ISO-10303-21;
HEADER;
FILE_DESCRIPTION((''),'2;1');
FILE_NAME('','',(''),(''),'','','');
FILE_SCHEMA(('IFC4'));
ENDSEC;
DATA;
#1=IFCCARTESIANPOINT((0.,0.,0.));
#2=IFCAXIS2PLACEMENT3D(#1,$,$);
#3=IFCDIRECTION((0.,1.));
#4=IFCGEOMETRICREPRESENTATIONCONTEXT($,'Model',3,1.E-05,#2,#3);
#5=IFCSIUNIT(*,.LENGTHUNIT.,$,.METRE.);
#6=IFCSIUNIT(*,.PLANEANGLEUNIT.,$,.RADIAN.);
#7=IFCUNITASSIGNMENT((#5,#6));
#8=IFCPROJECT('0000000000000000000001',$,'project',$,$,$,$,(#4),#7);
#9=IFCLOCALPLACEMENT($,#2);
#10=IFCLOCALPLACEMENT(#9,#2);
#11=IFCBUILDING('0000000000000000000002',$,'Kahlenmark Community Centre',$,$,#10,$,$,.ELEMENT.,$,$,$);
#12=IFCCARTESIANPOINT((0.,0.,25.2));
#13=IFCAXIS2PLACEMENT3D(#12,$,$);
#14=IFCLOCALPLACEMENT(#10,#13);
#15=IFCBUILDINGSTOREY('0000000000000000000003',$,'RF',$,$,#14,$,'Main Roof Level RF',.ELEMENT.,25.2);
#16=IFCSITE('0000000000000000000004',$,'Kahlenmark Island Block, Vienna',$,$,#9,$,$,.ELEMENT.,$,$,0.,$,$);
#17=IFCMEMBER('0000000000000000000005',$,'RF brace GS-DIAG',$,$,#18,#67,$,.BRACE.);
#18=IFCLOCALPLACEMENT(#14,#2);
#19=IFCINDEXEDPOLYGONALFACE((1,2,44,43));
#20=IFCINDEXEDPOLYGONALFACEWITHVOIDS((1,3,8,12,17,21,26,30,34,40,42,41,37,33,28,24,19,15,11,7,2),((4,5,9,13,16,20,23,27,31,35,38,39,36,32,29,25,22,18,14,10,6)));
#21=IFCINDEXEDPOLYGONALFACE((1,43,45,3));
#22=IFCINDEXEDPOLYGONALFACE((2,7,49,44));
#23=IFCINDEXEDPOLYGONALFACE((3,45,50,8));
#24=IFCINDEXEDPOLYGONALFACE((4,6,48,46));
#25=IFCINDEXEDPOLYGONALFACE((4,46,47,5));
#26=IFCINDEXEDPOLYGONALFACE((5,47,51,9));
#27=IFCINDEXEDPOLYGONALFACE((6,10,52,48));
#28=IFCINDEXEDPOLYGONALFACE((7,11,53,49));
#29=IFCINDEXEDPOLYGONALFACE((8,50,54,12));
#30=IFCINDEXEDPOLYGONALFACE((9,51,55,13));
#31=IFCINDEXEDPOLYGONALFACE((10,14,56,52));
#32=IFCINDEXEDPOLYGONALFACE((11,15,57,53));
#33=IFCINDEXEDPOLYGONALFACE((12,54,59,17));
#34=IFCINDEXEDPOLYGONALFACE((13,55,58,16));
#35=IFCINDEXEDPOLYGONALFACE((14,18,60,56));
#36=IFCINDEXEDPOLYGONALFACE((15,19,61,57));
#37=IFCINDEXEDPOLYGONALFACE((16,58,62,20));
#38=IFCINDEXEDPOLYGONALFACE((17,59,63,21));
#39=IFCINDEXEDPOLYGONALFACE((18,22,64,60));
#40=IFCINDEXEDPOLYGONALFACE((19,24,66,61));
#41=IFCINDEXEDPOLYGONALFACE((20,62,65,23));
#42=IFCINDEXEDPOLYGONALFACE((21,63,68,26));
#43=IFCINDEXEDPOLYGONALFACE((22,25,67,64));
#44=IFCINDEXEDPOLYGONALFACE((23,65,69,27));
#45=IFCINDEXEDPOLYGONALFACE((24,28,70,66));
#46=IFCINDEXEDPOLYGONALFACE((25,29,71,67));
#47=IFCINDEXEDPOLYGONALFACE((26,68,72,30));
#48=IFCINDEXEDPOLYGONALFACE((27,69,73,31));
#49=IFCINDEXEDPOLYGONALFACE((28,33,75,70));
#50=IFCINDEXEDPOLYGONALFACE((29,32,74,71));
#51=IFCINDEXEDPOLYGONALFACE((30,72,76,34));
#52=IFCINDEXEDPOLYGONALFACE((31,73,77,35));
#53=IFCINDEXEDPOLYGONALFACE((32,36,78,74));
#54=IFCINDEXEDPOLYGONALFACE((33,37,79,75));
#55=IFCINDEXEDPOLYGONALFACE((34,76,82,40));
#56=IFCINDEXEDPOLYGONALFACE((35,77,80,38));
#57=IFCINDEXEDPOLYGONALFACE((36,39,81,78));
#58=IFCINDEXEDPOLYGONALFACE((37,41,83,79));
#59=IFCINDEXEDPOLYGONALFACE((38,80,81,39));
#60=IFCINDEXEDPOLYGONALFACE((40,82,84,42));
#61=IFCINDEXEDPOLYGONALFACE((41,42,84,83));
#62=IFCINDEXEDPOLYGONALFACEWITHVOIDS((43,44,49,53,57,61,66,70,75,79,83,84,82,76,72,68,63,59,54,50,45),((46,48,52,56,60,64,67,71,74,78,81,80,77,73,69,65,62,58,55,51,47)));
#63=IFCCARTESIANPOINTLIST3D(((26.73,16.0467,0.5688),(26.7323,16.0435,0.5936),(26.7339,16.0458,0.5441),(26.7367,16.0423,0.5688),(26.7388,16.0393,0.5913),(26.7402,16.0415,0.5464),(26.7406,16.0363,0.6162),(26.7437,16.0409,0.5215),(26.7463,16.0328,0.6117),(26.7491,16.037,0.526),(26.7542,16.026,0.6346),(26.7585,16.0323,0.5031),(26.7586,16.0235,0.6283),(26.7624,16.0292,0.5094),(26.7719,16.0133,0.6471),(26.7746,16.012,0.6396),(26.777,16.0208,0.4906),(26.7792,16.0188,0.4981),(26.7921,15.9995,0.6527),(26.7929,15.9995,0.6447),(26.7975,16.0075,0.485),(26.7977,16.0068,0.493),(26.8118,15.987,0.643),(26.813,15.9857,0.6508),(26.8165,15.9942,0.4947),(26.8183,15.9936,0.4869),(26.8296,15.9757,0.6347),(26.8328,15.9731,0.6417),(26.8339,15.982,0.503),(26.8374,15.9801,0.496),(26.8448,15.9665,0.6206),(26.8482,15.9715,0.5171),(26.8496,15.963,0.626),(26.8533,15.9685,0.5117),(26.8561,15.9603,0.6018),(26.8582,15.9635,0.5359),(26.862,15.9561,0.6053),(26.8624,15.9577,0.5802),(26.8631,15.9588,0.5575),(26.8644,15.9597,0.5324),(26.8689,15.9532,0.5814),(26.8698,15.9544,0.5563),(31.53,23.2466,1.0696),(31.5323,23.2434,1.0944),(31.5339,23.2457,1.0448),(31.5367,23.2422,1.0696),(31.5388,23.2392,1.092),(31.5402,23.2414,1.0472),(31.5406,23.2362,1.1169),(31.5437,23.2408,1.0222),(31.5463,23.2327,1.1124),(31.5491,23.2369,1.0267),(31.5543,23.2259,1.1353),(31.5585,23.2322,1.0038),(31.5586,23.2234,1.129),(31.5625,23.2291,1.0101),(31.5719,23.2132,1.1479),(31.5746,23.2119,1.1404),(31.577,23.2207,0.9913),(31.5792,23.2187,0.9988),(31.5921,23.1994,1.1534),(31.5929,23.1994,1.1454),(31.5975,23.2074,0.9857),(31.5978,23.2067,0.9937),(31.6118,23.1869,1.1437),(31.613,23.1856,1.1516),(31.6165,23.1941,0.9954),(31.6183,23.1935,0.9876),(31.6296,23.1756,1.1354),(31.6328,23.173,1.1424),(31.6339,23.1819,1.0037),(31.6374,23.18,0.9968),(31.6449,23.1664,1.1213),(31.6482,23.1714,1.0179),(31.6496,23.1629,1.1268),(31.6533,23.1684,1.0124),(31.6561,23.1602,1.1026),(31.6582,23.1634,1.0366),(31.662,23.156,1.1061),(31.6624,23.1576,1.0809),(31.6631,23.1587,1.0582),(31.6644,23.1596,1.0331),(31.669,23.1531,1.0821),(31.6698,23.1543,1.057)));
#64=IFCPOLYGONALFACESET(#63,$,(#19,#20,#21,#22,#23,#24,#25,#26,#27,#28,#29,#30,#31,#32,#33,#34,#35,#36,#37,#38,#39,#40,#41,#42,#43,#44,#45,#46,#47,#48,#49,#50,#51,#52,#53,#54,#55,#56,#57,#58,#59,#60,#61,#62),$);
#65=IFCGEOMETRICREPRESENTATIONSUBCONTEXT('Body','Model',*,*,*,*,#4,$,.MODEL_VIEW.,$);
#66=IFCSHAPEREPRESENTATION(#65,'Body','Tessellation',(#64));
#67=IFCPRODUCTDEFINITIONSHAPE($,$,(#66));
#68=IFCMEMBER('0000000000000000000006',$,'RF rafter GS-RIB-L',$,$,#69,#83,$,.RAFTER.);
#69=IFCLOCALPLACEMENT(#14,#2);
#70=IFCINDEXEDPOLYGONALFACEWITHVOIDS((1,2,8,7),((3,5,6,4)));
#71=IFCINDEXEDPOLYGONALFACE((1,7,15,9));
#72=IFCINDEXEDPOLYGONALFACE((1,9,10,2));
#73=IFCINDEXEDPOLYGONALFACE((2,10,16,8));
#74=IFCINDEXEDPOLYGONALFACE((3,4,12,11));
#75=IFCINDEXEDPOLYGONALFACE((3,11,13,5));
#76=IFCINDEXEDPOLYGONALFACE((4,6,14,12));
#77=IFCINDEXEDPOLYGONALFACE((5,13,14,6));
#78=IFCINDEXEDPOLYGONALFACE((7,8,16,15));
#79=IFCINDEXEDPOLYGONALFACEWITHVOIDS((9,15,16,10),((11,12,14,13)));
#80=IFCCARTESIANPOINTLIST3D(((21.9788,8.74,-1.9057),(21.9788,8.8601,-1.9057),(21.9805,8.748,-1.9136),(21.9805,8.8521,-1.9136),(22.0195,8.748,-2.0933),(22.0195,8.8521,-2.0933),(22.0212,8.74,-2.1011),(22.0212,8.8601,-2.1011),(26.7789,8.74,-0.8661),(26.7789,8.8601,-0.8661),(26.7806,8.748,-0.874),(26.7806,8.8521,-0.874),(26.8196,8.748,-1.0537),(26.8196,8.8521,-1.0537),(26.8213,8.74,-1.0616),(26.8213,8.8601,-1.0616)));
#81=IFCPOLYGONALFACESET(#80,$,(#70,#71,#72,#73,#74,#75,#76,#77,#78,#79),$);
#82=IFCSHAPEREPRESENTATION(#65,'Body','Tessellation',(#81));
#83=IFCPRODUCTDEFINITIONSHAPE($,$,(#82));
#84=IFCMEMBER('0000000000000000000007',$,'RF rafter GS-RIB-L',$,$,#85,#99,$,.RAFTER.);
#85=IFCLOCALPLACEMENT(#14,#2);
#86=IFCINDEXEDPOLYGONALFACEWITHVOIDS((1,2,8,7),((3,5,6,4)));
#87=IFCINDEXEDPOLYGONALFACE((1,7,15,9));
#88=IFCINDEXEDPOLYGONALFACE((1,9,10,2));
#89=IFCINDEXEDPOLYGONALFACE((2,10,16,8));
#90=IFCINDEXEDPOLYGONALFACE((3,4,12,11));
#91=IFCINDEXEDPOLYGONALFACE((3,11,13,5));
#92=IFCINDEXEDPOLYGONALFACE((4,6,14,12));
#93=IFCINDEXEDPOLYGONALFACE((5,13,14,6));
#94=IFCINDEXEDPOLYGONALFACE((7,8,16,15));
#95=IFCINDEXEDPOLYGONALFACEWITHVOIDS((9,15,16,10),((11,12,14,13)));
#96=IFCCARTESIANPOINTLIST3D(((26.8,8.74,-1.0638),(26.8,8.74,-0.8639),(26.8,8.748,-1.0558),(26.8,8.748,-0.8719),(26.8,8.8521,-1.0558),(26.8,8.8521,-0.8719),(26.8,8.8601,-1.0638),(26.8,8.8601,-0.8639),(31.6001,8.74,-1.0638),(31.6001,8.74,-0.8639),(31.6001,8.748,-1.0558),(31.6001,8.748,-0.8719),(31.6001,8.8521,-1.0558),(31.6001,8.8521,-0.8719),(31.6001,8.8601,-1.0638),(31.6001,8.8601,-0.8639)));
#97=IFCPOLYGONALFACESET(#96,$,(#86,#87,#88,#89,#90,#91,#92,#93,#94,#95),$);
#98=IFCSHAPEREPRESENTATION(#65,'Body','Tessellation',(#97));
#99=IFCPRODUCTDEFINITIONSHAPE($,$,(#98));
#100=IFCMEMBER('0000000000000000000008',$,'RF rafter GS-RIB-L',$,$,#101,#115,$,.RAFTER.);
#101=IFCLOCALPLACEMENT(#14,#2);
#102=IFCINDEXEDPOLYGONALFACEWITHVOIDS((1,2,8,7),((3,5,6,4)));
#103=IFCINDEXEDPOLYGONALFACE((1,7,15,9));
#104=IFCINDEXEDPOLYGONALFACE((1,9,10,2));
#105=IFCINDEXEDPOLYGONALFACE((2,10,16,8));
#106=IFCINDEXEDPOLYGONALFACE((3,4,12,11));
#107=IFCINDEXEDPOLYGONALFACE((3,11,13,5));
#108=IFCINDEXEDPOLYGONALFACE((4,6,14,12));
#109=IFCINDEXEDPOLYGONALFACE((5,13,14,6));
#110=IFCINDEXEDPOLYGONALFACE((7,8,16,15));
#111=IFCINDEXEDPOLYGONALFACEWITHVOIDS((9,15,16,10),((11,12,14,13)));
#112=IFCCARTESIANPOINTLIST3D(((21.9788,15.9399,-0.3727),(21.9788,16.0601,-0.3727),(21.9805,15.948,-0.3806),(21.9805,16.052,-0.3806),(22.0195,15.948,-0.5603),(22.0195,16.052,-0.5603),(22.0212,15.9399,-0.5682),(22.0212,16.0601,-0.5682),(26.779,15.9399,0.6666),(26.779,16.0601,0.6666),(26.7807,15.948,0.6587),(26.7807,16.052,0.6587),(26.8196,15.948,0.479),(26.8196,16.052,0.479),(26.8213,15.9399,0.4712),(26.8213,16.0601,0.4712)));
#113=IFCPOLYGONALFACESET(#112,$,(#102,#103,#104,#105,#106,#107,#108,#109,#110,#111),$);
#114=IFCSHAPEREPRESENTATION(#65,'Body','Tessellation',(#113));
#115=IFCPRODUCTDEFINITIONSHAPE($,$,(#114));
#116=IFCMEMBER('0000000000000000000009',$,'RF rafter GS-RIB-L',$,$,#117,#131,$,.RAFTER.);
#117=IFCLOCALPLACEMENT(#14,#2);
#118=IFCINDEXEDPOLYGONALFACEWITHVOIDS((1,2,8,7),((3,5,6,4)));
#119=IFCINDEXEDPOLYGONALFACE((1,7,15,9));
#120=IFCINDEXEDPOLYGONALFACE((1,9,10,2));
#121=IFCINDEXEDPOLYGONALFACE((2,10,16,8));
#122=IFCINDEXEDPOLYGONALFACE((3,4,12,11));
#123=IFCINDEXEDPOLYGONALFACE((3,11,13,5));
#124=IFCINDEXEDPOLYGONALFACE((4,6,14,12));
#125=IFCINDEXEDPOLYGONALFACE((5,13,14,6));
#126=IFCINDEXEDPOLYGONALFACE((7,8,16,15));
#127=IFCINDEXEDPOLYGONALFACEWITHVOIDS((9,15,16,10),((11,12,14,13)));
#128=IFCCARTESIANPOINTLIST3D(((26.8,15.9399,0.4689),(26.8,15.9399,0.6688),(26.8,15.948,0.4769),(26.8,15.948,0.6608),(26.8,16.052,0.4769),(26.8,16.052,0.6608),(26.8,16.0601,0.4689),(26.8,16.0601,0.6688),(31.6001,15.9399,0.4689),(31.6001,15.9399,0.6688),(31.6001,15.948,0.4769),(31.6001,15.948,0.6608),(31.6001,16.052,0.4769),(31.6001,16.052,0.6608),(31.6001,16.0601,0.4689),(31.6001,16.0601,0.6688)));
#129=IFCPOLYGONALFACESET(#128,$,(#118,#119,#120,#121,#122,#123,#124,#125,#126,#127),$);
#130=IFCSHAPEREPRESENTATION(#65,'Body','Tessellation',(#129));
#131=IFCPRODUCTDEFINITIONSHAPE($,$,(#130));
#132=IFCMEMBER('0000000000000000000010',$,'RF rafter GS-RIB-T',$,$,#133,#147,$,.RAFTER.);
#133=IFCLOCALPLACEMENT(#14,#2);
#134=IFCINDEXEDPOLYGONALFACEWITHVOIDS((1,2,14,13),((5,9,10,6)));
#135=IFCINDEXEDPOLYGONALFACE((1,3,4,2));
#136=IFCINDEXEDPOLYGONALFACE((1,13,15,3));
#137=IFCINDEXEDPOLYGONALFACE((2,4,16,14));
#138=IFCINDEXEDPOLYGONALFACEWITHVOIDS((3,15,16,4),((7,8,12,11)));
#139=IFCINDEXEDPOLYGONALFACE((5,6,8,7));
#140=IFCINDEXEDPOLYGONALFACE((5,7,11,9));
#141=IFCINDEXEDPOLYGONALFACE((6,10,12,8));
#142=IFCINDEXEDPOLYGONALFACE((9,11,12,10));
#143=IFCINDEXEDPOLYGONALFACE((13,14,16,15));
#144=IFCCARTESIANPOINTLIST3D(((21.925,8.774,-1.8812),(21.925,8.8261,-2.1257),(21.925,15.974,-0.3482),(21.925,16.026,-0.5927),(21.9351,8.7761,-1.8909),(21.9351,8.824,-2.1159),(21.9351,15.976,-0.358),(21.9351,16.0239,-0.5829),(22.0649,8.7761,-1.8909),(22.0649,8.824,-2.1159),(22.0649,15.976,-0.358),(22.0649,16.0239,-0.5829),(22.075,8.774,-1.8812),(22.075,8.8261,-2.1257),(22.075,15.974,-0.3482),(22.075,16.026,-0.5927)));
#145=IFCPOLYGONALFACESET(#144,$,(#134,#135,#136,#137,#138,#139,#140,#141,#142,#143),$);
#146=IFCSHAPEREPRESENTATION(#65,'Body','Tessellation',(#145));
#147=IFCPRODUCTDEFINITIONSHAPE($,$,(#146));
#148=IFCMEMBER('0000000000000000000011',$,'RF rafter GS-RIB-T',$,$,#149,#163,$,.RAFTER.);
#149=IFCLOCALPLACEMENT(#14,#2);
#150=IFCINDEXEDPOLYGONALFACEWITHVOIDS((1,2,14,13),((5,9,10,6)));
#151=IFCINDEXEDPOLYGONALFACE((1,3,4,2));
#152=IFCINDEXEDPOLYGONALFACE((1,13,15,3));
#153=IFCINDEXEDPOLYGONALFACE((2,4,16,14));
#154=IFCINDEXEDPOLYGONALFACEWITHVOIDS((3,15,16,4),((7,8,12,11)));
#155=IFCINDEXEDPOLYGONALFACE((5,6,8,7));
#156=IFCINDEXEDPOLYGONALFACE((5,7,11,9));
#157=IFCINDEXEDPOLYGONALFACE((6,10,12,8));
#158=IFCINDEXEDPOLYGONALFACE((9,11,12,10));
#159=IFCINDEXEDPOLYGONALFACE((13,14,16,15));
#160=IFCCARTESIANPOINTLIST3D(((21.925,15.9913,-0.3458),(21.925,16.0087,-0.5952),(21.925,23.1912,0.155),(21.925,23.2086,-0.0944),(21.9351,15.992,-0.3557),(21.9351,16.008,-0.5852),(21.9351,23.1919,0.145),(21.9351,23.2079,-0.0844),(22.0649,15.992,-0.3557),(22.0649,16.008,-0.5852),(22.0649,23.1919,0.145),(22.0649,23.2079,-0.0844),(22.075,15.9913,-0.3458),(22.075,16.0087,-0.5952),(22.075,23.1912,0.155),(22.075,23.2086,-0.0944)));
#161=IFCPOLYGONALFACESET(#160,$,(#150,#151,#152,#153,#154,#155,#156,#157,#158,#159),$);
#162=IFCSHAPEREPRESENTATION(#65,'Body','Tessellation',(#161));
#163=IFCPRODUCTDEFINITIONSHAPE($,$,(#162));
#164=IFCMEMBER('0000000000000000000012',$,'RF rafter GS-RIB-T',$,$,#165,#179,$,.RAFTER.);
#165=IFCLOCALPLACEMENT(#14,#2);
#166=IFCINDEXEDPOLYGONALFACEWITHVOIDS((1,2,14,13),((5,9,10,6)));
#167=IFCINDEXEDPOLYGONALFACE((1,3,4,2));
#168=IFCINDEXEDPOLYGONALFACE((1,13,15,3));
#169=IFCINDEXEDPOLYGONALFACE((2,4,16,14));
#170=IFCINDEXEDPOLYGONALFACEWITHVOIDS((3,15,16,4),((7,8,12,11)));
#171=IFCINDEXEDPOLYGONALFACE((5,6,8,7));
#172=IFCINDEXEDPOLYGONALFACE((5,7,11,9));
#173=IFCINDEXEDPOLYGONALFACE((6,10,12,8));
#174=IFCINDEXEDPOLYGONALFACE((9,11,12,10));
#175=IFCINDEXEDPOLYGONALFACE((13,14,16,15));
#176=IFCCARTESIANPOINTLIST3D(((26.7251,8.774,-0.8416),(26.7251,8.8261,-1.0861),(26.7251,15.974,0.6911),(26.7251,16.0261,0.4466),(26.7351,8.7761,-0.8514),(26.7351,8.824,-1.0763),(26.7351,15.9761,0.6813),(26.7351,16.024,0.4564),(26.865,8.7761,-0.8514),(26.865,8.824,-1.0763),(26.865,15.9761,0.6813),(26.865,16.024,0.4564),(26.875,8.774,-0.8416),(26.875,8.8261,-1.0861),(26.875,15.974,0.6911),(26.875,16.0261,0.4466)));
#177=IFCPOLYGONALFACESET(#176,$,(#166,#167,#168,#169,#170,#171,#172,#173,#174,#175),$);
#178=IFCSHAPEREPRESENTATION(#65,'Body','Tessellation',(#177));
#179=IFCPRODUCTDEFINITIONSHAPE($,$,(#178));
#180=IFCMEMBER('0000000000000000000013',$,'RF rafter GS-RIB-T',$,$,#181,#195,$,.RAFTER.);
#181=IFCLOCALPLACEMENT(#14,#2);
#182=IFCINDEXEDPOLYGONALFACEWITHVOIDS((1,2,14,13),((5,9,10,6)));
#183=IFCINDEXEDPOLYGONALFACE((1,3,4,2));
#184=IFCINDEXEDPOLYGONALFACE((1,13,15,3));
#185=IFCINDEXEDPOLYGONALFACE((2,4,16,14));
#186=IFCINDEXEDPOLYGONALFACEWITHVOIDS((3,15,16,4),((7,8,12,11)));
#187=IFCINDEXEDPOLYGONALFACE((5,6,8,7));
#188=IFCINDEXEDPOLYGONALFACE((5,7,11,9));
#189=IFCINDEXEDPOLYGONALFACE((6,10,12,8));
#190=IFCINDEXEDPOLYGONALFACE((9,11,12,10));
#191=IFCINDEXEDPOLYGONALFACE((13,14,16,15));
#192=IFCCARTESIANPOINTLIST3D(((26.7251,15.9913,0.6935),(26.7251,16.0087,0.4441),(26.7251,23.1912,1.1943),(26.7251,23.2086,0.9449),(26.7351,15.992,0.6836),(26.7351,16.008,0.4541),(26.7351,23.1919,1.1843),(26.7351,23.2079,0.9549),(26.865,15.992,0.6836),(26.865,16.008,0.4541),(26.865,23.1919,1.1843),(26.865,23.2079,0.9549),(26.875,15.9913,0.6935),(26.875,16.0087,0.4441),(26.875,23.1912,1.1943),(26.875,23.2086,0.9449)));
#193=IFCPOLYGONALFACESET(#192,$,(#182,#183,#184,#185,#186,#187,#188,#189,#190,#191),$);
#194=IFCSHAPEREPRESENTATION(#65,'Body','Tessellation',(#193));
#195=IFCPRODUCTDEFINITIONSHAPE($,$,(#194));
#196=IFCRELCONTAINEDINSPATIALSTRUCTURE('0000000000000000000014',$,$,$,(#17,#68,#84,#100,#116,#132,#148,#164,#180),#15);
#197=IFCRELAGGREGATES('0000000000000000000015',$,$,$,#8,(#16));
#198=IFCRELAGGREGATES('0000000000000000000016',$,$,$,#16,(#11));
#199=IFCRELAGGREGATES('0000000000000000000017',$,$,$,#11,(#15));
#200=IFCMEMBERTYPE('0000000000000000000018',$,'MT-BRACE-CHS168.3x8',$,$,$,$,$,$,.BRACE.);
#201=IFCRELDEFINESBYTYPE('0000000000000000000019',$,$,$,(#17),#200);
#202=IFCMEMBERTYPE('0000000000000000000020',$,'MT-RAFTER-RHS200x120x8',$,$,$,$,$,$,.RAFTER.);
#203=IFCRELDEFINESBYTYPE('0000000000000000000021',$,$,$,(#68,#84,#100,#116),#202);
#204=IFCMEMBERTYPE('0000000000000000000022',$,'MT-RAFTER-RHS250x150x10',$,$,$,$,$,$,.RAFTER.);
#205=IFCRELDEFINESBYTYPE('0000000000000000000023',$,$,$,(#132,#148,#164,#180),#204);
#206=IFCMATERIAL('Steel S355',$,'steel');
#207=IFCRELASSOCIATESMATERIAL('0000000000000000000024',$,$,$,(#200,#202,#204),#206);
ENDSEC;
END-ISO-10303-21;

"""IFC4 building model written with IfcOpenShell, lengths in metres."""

from ifc_helpers import new_model, si_unit, direction, frame, origin, origin_2d, place, context, subcontext, project, spatial, hollow_rectangle, hollow_circle, extrude, material, material_profile, profile_set, type_object, element, save


model = new_model("IFC4")

# Units and contexts
model_context = context("Model", 3, precision=1e-05, world=origin(), true_north=direction((0.0, 1.0)))
body_context = subcontext(model_context, "Body", "Model", "MODEL_VIEW")
ifc_project = project(units=[si_unit("LENGTHUNIT", "METRE"), si_unit("PLANEANGLEUNIT", "RADIAN")], contexts=[model_context])

# Site, building, storey
site_placement = place(None, origin())
site = spatial("IfcSite", under=ifc_project, at=site_placement, Name="Kahlenmark Island Block, Vienna", CompositionType="ELEMENT", RefElevation=0.0)
building_placement = place(site_placement, origin())
building = spatial("IfcBuilding", under=site, at=building_placement, Name="Kahlenmark Community Centre", CompositionType="ELEMENT")
storey_placement = place(building_placement, frame((0.0, 0.0, 25.2)))
storey = spatial("IfcBuildingStorey", under=building, at=storey_placement, Name="RF", LongName="Main Roof Level RF", CompositionType="ELEMENT", Elevation=25.2)

# Members
ifc_material_1 = material(Name="Steel S355", Category="steel")
ifc_material_profile_1 = material_profile(ifc_material_1, hollow_circle(Radius=0.0842, WallThickness=0.0081, at=origin_2d()), Name="CHS 168.3x8")
ifc_profile_set_1 = profile_set([ifc_material_profile_1], Name="Steel S355")
member_type_1 = type_object("IfcMemberType", Name="MT-BRACE-CHS168.3x8", PredefinedType="BRACE", material=ifc_profile_set_1)
member_1_placement = place(storey_placement, frame((26.8, 16.0, 0.5688), z_axis=(0.55378, 0.830656, 0.057769), x_axis=(-0.832046, 0.554707, 0.0)))
element("IfcMember", 1, at=member_1_placement, inside=storey, type_object=member_type_1, Name="RF brace GS-DIAG", PredefinedType="BRACE", context=body_context, shape_type="SweptSolid", body=[
    extrude(hollow_circle(Radius=0.0842, WallThickness=0.0081, at=origin_2d()), origin(), (0.0, 0.0, 1.0), 8.6677),
])
ifc_material_profile_2 = material_profile(ifc_material_1, hollow_rectangle(XDim=0.1201, YDim=0.2, WallThickness=0.0081, at=origin_2d()), Name="RHS 200x120x8")
ifc_profile_set_2 = profile_set([ifc_material_profile_2], Name="Steel S355")
member_type_2 = type_object("IfcMemberType", Name="MT-RAFTER-RHS200x120x8", PredefinedType="RAFTER", material=ifc_profile_set_2)
member_2_placement = place(storey_placement, frame((22.0, 8.8, -2.0034), z_axis=(0.977343, 0.0, 0.211664), x_axis=(0.0, 1.0, 0.0)))
element("IfcMember", 2, at=member_2_placement, inside=storey, type_object=member_type_2, Name="RF rafter GS-RIB-L", PredefinedType="RAFTER", context=body_context, shape_type="SweptSolid", body=[
    extrude(hollow_rectangle(XDim=0.1201, YDim=0.2, WallThickness=0.0081, at=origin_2d()), origin(), (0.0, 0.0, 1.0), 4.9114),
])
member_3_placement = place(storey_placement, frame((26.8, 8.8, -0.9639), z_axis=(1.0, 0.0, 0.0), x_axis=(0.0, 1.0, 0.0)))
element("IfcMember", 3, at=member_3_placement, inside=storey, type_object=member_type_2, Name="RF rafter GS-RIB-L", PredefinedType="RAFTER", context=body_context, shape_type="SweptSolid", body=[
    extrude(hollow_rectangle(XDim=0.1201, YDim=0.2, WallThickness=0.0081, at=origin_2d()), origin(), (0.0, 0.0, 1.0), 4.8),
])
member_4_placement = place(storey_placement, frame((22.0, 16.0, -0.4705), z_axis=(0.977353, 0.0, 0.211616), x_axis=(0.0, 1.0, 0.0)))
element("IfcMember", 4, at=member_4_placement, inside=storey, type_object=member_type_2, Name="RF rafter GS-RIB-L", PredefinedType="RAFTER", context=body_context, shape_type="SweptSolid", body=[
    extrude(hollow_rectangle(XDim=0.1201, YDim=0.2, WallThickness=0.0081, at=origin_2d()), origin(), (0.0, 0.0, 1.0), 4.9114),
])
member_5_placement = place(storey_placement, frame((26.8, 16.0, 0.5688), z_axis=(1.0, 0.0, 0.0), x_axis=(0.0, 1.0, 0.0)))
element("IfcMember", 5, at=member_5_placement, inside=storey, type_object=member_type_2, Name="RF rafter GS-RIB-L", PredefinedType="RAFTER", context=body_context, shape_type="SweptSolid", body=[
    extrude(hollow_rectangle(XDim=0.1201, YDim=0.2, WallThickness=0.0081, at=origin_2d()), origin(), (0.0, 0.0, 1.0), 4.8),
])
ifc_material_profile_3 = material_profile(ifc_material_1, hollow_rectangle(XDim=0.1499, YDim=0.25, WallThickness=0.01, at=origin_2d()), Name="RHS 250x150x10")
ifc_profile_set_3 = profile_set([ifc_material_profile_3], Name="Steel S355")
member_type_3 = type_object("IfcMemberType", Name="MT-RAFTER-RHS250x150x10", PredefinedType="RAFTER", material=ifc_profile_set_3)
member_6_placement = place(storey_placement, frame((22.0, 8.8, -2.0034), z_axis=(0.0, 0.978077, 0.208245), x_axis=(-1.0, 0.0, 0.0)))
element("IfcMember", 6, at=member_6_placement, inside=storey, type_object=member_type_3, Name="RF rafter GS-RIB-T", PredefinedType="RAFTER", context=body_context, shape_type="SweptSolid", body=[
    extrude(hollow_rectangle(XDim=0.1499, YDim=0.25, WallThickness=0.01, at=origin_2d()), origin(), (0.0, 0.0, 1.0), 7.3613),
])
member_7_placement = place(storey_placement, frame((22.0, 16.0, -0.4705), z_axis=(0.0, 0.99759, 0.069379), x_axis=(-1.0, 0.0, 0.0)))
element("IfcMember", 7, at=member_7_placement, inside=storey, type_object=member_type_3, Name="RF rafter GS-RIB-T", PredefinedType="RAFTER", context=body_context, shape_type="SweptSolid", body=[
    extrude(hollow_rectangle(XDim=0.1499, YDim=0.25, WallThickness=0.01, at=origin_2d()), origin(), (0.0, 0.0, 1.0), 7.2173),
])
member_8_placement = place(storey_placement, frame((26.8, 8.8, -0.9639), z_axis=(0.0, 0.978084, 0.208213), x_axis=(-1.0, 0.0, 0.0)))
element("IfcMember", 8, at=member_8_placement, inside=storey, type_object=member_type_3, Name="RF rafter GS-RIB-T", PredefinedType="RAFTER", context=body_context, shape_type="SweptSolid", body=[
    extrude(hollow_rectangle(XDim=0.1499, YDim=0.25, WallThickness=0.01, at=origin_2d()), origin(), (0.0, 0.0, 1.0), 7.3613),
])
member_9_placement = place(storey_placement, frame((26.8, 16.0, 0.5688), z_axis=(0.0, 0.99759, 0.069379), x_axis=(-1.0, 0.0, 0.0)))
element("IfcMember", 9, at=member_9_placement, inside=storey, type_object=member_type_3, Name="RF rafter GS-RIB-T", PredefinedType="RAFTER", context=body_context, shape_type="SweptSolid", body=[
    extrude(hollow_rectangle(XDim=0.1499, YDim=0.25, WallThickness=0.01, at=origin_2d()), origin(), (0.0, 0.0, 1.0), 7.2173),
])

save(model, "model.ifc")
